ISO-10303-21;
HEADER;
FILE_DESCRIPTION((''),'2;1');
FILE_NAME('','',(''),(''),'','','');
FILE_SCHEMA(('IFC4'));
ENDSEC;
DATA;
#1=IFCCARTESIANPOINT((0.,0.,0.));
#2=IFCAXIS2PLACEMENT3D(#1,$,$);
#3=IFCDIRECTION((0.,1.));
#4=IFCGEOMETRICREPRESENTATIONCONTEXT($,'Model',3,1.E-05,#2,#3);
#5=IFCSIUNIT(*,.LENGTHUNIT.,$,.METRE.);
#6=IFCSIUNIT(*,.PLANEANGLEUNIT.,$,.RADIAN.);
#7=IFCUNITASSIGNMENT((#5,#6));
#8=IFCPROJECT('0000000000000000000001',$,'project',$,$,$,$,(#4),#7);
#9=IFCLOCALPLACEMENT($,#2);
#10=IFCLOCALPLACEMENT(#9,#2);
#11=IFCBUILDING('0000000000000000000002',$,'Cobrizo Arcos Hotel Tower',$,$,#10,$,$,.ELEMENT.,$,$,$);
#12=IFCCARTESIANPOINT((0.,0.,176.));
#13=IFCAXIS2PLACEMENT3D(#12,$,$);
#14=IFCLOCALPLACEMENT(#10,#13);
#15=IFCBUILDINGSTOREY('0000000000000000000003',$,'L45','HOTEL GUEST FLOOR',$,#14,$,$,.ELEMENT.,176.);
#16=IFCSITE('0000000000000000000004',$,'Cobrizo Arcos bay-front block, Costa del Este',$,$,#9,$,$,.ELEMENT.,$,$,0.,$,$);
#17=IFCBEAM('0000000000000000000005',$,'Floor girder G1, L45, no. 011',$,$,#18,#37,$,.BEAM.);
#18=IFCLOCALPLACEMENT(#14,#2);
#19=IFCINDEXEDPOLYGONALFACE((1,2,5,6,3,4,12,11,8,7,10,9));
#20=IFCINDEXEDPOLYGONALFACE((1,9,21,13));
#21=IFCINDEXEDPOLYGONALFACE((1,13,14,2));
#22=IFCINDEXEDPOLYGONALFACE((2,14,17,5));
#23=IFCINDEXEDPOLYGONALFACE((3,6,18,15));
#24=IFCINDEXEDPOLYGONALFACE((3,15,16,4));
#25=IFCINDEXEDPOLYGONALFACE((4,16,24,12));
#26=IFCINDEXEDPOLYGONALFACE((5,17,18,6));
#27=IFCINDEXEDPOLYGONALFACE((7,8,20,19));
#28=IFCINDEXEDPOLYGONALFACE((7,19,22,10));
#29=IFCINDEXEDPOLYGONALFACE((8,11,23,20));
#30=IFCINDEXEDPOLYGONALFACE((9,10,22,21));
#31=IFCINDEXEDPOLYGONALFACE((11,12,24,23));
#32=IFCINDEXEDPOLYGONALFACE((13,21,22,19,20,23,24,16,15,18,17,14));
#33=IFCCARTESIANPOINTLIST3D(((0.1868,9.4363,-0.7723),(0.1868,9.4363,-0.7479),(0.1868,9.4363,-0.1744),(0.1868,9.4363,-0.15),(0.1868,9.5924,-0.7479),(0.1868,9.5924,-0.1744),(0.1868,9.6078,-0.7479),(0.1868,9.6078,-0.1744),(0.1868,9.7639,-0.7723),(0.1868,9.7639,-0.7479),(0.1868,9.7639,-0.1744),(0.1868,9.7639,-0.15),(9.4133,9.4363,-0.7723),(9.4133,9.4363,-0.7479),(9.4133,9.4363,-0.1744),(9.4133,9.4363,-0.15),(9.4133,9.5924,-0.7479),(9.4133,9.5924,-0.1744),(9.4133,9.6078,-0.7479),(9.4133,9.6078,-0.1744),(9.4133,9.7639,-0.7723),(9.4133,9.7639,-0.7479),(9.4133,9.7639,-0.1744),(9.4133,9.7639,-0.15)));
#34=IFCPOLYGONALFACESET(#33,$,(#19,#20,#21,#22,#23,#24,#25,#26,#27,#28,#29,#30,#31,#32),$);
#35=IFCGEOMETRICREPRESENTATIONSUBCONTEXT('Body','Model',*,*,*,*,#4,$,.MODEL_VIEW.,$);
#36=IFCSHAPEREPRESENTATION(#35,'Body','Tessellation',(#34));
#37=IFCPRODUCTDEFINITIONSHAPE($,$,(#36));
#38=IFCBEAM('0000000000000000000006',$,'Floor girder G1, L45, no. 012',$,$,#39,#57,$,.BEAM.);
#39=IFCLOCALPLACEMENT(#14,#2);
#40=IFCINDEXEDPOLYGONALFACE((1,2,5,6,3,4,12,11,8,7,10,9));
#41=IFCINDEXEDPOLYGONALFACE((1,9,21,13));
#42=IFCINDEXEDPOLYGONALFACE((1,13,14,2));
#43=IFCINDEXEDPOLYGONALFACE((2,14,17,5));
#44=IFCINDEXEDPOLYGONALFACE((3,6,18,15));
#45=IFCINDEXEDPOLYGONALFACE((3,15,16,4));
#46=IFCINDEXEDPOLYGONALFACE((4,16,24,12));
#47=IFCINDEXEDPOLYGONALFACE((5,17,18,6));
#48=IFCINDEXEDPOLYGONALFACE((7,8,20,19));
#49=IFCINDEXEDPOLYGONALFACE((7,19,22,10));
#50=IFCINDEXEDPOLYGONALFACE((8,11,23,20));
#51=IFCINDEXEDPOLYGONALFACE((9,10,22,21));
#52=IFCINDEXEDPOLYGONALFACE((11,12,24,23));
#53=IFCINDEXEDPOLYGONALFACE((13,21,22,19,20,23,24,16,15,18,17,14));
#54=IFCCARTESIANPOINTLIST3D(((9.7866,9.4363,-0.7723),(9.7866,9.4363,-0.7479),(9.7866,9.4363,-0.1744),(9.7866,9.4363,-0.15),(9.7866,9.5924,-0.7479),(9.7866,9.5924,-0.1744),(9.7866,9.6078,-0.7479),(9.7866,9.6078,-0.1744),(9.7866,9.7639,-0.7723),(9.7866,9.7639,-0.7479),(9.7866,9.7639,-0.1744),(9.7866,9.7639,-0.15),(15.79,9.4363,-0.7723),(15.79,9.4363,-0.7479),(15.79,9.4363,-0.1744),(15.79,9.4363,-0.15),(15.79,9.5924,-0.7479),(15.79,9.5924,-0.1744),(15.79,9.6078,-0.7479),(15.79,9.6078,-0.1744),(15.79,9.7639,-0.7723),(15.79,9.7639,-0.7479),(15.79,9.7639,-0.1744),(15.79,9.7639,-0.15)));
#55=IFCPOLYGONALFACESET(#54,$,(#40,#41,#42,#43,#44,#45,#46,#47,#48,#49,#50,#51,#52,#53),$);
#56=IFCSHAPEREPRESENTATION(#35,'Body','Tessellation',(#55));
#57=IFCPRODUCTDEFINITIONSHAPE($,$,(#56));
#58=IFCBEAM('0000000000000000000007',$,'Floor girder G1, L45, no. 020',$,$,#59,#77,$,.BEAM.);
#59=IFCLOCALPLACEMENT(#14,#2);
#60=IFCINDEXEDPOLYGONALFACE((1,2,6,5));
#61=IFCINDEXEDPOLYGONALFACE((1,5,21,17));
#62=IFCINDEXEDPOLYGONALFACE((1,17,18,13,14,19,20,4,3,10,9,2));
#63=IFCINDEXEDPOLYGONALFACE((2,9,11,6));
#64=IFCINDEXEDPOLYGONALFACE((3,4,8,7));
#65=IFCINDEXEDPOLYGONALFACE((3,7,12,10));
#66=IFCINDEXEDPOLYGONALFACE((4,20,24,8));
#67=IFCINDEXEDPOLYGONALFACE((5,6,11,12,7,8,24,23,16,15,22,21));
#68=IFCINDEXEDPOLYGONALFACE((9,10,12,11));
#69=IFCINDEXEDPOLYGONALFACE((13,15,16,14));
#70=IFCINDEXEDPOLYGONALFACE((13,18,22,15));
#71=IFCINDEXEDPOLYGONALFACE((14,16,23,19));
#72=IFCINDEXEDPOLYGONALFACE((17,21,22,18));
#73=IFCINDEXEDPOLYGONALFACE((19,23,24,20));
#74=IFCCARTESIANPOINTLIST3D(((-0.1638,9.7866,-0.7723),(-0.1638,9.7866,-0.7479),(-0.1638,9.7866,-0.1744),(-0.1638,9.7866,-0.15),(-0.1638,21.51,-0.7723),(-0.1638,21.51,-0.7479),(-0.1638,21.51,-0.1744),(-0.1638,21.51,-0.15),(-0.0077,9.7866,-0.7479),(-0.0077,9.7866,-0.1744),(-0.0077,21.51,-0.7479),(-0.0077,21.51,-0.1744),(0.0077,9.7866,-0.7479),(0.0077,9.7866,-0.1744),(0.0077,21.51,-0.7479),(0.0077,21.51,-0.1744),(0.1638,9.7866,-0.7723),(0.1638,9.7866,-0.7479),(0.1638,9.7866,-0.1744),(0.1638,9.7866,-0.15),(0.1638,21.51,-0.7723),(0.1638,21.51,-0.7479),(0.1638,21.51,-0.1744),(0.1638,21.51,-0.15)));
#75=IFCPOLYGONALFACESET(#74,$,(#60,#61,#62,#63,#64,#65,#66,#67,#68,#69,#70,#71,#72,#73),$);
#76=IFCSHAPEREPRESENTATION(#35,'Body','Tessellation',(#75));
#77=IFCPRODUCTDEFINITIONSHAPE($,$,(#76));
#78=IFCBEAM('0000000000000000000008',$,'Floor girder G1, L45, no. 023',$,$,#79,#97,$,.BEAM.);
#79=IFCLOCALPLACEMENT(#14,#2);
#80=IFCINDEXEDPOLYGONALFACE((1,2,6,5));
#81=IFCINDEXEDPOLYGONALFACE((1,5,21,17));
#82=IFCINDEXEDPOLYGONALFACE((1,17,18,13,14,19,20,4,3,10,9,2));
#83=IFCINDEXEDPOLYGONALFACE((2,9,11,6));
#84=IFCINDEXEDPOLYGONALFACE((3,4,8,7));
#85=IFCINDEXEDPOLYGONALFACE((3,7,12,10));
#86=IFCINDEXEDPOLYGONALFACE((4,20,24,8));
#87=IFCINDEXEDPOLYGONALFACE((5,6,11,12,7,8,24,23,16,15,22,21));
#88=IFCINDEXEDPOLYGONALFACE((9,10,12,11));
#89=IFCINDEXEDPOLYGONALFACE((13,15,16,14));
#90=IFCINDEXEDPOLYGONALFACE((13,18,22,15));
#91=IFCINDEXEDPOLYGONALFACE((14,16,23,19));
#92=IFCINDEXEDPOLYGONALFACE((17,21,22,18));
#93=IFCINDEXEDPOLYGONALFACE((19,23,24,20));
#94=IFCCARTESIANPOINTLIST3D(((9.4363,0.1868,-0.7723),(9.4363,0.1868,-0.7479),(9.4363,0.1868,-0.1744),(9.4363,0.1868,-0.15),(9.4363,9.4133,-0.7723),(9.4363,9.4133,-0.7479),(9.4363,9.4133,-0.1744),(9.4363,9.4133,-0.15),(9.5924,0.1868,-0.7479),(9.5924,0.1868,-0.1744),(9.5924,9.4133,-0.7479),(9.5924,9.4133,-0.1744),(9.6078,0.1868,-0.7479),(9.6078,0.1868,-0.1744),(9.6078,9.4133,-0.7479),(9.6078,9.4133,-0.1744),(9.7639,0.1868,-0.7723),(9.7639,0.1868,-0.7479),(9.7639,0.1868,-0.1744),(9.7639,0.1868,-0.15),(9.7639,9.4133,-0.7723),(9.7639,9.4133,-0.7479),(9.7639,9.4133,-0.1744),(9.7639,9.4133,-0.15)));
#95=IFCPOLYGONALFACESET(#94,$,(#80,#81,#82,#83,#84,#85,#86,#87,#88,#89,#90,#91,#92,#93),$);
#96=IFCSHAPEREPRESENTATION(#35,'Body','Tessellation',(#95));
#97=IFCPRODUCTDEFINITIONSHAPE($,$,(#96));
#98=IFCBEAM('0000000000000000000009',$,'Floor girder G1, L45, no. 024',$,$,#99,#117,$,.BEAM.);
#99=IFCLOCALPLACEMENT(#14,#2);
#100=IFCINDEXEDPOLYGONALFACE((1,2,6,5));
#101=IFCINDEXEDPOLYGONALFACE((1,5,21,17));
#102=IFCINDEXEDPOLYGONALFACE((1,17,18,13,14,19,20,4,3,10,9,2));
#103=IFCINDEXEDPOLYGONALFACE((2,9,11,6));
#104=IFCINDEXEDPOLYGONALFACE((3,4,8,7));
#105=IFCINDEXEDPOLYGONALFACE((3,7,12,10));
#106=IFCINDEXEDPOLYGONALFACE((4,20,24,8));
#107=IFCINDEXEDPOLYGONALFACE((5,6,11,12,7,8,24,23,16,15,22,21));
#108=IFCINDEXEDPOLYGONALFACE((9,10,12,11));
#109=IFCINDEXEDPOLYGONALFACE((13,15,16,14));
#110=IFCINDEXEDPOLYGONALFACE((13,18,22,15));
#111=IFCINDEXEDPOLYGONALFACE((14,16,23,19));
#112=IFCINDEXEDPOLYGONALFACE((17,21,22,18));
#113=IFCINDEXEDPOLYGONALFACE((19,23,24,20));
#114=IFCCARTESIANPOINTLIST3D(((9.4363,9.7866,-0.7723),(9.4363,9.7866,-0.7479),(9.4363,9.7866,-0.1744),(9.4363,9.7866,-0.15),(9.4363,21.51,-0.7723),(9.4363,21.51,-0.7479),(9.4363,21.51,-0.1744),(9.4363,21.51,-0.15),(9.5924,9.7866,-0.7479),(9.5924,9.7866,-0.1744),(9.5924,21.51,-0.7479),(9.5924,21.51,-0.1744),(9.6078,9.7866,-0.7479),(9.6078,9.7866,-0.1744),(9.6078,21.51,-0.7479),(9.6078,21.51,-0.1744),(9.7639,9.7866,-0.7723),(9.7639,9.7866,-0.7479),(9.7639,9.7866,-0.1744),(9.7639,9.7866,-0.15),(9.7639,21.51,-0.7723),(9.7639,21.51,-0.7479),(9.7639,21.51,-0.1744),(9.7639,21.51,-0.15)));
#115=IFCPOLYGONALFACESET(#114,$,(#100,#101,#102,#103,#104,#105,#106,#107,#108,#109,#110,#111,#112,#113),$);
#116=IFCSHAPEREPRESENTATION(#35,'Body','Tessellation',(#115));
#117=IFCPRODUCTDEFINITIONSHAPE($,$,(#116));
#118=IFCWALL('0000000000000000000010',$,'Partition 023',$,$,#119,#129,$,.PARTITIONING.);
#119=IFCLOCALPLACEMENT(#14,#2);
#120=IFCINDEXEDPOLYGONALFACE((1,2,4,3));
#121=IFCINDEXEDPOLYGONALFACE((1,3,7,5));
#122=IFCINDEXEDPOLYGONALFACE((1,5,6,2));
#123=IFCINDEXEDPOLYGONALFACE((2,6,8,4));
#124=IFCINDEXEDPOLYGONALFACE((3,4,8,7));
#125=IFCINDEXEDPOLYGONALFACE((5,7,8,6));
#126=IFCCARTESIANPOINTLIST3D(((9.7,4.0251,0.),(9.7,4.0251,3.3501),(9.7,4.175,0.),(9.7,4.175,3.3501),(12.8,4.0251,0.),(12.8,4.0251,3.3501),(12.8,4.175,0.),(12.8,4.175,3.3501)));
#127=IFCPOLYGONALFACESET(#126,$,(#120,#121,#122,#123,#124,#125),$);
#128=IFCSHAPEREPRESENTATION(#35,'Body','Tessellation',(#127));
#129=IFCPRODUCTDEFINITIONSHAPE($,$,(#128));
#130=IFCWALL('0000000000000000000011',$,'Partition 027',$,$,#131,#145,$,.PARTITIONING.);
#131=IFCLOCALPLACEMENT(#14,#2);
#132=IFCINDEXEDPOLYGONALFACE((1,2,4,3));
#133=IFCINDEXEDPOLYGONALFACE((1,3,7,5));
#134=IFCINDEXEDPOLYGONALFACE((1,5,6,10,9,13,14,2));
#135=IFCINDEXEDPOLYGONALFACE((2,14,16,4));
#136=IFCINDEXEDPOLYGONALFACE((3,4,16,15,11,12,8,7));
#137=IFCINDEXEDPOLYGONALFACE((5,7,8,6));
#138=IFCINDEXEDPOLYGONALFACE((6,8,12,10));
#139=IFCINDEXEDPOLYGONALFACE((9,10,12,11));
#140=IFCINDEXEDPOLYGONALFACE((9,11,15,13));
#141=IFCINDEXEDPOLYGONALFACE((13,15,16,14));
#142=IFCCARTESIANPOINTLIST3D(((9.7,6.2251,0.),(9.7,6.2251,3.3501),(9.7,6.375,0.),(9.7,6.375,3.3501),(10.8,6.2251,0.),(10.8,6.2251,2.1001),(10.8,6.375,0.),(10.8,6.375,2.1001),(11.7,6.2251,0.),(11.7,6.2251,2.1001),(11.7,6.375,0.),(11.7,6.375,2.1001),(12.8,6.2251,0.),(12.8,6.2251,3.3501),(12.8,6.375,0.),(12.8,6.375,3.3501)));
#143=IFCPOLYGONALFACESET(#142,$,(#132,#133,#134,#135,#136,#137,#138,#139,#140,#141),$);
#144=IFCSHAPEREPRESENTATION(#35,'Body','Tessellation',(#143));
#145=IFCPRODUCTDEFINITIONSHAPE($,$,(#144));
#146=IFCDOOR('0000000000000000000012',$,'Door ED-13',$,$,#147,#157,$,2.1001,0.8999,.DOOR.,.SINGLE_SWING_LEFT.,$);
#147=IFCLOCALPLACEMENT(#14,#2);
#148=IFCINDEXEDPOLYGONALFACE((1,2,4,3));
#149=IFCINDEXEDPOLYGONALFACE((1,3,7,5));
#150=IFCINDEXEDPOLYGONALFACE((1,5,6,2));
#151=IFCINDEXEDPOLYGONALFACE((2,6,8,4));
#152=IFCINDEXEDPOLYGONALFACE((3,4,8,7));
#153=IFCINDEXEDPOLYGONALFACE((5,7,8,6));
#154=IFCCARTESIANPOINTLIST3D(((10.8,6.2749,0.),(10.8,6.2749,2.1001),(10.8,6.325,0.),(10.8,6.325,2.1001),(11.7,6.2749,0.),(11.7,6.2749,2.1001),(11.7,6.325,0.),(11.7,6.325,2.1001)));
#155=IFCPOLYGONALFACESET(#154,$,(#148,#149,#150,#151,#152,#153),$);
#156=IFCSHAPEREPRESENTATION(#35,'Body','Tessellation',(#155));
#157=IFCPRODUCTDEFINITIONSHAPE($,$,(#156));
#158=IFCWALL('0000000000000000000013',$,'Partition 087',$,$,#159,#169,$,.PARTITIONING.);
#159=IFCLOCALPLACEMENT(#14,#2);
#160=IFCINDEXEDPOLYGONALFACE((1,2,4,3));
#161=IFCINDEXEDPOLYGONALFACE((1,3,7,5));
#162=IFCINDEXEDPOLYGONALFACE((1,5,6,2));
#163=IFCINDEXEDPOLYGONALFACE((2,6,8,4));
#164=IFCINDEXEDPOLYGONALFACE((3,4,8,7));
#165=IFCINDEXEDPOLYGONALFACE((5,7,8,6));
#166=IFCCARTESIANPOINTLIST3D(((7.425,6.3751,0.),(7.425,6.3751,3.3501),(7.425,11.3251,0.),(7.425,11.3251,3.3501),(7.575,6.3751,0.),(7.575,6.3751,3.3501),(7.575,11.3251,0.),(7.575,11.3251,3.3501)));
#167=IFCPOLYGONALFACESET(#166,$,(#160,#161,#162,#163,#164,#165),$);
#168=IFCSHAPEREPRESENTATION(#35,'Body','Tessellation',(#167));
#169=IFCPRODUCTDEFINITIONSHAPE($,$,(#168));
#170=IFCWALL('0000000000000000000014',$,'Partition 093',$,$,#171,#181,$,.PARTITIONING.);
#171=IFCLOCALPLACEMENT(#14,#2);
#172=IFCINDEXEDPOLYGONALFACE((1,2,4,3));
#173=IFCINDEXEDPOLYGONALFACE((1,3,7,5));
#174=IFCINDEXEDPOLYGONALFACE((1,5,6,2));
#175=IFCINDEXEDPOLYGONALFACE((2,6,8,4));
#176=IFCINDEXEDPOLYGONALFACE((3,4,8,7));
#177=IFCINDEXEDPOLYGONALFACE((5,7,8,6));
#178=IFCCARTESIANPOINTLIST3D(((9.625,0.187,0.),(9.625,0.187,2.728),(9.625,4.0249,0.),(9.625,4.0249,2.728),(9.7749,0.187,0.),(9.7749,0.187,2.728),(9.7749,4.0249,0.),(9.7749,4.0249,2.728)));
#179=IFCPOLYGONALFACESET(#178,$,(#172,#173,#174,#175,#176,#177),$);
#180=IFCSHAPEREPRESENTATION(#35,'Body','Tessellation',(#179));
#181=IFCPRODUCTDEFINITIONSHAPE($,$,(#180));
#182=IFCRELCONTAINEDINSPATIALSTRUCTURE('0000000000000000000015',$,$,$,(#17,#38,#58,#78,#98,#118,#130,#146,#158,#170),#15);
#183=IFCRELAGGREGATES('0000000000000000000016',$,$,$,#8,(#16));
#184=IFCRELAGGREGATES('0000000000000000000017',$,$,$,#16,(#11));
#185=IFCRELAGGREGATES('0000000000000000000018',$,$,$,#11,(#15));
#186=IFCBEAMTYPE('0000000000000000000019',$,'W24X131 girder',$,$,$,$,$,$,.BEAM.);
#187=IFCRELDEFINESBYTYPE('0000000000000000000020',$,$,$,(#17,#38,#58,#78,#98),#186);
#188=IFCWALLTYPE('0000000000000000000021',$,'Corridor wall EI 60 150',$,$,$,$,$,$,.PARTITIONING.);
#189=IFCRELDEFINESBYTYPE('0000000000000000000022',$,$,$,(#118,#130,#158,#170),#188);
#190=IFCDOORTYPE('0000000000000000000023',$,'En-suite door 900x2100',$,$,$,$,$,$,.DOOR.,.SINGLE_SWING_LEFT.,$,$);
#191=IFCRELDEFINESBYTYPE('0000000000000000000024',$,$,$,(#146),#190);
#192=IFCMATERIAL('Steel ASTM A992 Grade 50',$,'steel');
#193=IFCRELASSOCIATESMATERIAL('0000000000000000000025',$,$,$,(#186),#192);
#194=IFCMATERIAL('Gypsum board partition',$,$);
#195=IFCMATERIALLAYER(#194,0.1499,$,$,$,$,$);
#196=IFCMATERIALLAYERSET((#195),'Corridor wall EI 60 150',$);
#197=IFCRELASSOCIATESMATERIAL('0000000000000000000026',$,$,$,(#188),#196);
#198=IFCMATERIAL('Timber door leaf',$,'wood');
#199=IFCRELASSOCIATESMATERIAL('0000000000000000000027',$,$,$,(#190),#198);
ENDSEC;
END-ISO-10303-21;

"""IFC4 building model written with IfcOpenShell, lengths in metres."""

from ifc_helpers import new_model, si_unit, direction, frame, frame_2d, origin, origin_2d, place, context, subcontext, project, spatial, rectangle, i_section, extrude, material, layer, layer_set, material_profile, profile_set, type_object, element, fill, save


model = new_model("IFC4")

# Units and contexts
model_context = context("Model", 3, precision=1e-05, world=origin(), true_north=direction((0.0, 1.0)))
body_context = subcontext(model_context, "Body", "Model", "MODEL_VIEW")
ifc_project = project(units=[si_unit("LENGTHUNIT", "METRE"), si_unit("PLANEANGLEUNIT", "RADIAN")], contexts=[model_context])

# Site, building, storey
site_placement = place(None, origin())
site = spatial("IfcSite", under=ifc_project, at=site_placement, Name="Cobrizo Arcos bay-front block, Costa del Este", CompositionType="ELEMENT", RefElevation=0.0)
building_placement = place(site_placement, origin())
building = spatial("IfcBuilding", under=site, at=building_placement, Name="Cobrizo Arcos Hotel Tower", CompositionType="ELEMENT")
storey_placement = place(building_placement, frame((0.0, 0.0, 176.0)))
storey = spatial("IfcBuildingStorey", under=building, at=storey_placement, Name="L45", Description="HOTEL GUEST FLOOR", CompositionType="ELEMENT", Elevation=176.0)

# Shared definitions
ifc_material_1 = material(Name="Steel ASTM A992 Grade 50", Category="steel")

# Beams
ifc_material_profile_1 = material_profile(ifc_material_1, i_section(OverallWidth=0.3276, OverallDepth=0.6223, WebThickness=0.0154, FlangeThickness=0.0244, at=origin_2d()), Name="W24X131")
ifc_profile_set_1 = profile_set([ifc_material_profile_1], Name="Steel ASTM A992 Grade 50")
beam_type_1 = type_object("IfcBeamType", Name="W24X131 girder", PredefinedType="BEAM", material=ifc_profile_set_1)
beam_1_placement = place(storey_placement, frame((0.1868, 9.6001, -0.4612), z_axis=(1.0, 0.0, 0.0), x_axis=(0.0, 1.0, 0.0)))
element("IfcBeam", 1, at=beam_1_placement, inside=storey, type_object=beam_type_1, Name="Floor girder G1, L45, no. 011", PredefinedType="BEAM", context=body_context, shape_type="SweptSolid", body=[
    extrude(i_section(OverallWidth=0.3276, OverallDepth=0.6223, WebThickness=0.0154, FlangeThickness=0.0244, at=origin_2d()), origin(), (0.0, 0.0, 1.0), 9.2266),
])
beam_2_placement = place(storey_placement, frame((9.7866, 9.6001, -0.4612), z_axis=(1.0, 0.0, 0.0), x_axis=(0.0, 1.0, 0.0)))
element("IfcBeam", 2, at=beam_2_placement, inside=storey, type_object=beam_type_1, Name="Floor girder G1, L45, no. 012", PredefinedType="BEAM", context=body_context, shape_type="SweptSolid", body=[
    extrude(i_section(OverallWidth=0.3276, OverallDepth=0.6223, WebThickness=0.0154, FlangeThickness=0.0244, at=origin_2d()), origin(), (0.0, 0.0, 1.0), 6.0034),
])
beam_3_placement = place(storey_placement, frame((0.0, 9.7866, -0.4612), z_axis=(0.0, 1.0, 0.0), x_axis=(-1.0, 0.0, 0.0)))
element("IfcBeam", 3, at=beam_3_placement, inside=storey, type_object=beam_type_1, Name="Floor girder G1, L45, no. 020", PredefinedType="BEAM", context=body_context, shape_type="SweptSolid", body=[
    extrude(i_section(OverallWidth=0.3276, OverallDepth=0.6223, WebThickness=0.0154, FlangeThickness=0.0244, at=origin_2d()), origin(), (0.0, 0.0, 1.0), 11.7234),
])
beam_4_placement = place(storey_placement, frame((9.6001, 0.1868, -0.4612), z_axis=(0.0, 1.0, 0.0), x_axis=(-1.0, 0.0, 0.0)))
element("IfcBeam", 4, at=beam_4_placement, inside=storey, type_object=beam_type_1, Name="Floor girder G1, L45, no. 023", PredefinedType="BEAM", context=body_context, shape_type="SweptSolid", body=[
    extrude(i_section(OverallWidth=0.3276, OverallDepth=0.6223, WebThickness=0.0154, FlangeThickness=0.0244, at=origin_2d()), origin(), (0.0, 0.0, 1.0), 9.2266),
])
beam_5_placement = place(storey_placement, frame((9.6001, 9.7866, -0.4612), z_axis=(0.0, 1.0, 0.0), x_axis=(-1.0, 0.0, 0.0)))
element("IfcBeam", 5, at=beam_5_placement, inside=storey, type_object=beam_type_1, Name="Floor girder G1, L45, no. 024", PredefinedType="BEAM", context=body_context, shape_type="SweptSolid", body=[
    extrude(i_section(OverallWidth=0.3276, OverallDepth=0.6223, WebThickness=0.0154, FlangeThickness=0.0244, at=origin_2d()), origin(), (0.0, 0.0, 1.0), 11.7234),
])

# Wall
ifc_material_2 = material(Name="Gypsum board partition")
ifc_layer_1 = layer(ifc_material_2, 0.1499)
ifc_layer_set_1 = layer_set([ifc_layer_1], Name="Corridor wall EI 60 150")
wall_type_1 = type_object("IfcWallType", Name="Corridor wall EI 60 150", PredefinedType="PARTITIONING", material=ifc_layer_set_1)
wall_1_placement = place(storey_placement, frame((9.7, 4.1001, 0.0), z_axis=(0.0, 0.0, 1.0), x_axis=(1.0, 0.0, 0.0)))
element("IfcWall", 6, at=wall_1_placement, inside=storey, type_object=wall_type_1, Name="Partition 023", PredefinedType="PARTITIONING", context=body_context, shape_type="SweptSolid", body=[
    extrude(rectangle(XDim=3.1001, YDim=0.1499, at=frame_2d((1.55, 0.0))), origin(), (0.0, 0.0, 1.0), 3.3501),
])

# Wall, opening, door
wall_2_placement = place(storey_placement, frame((9.7, 6.3, 0.0), z_axis=(0.0, 0.0, 1.0), x_axis=(1.0, 0.0, 0.0)))
wall_2 = element("IfcWall", 7, at=wall_2_placement, inside=storey, type_object=wall_type_1, Name="Partition 027", PredefinedType="PARTITIONING", context=body_context, shape_type="SweptSolid", body=[
    extrude(rectangle(XDim=3.1001, YDim=0.1499, at=frame_2d((1.55, 0.0))), origin(), (0.0, 0.0, 1.0), 3.3501),
])
opening_1_placement = place(wall_2_placement, frame((1.1001, 0.0, 0.0)))
opening_1 = element("IfcOpeningElement", 8, at=opening_1_placement, cuts=wall_2, PredefinedType="OPENING", context=body_context, shape_type="SweptSolid", body=[
    extrude(rectangle(XDim=0.8999, YDim=2.1001, at=frame_2d((0.45, 1.05))), frame((0.0, 0.0869, 0.0), z_axis=(0.0, -1.0, 0.0), x_axis=(1.0, 0.0, 0.0)), (0.0, 0.0, 1.0), 0.1738),
])
ifc_material_3 = material(Name="Timber door leaf", Category="wood")
door_type_1 = type_object("IfcDoorType", Name="En-suite door 900x2100", OperationType="SINGLE_SWING_LEFT", PredefinedType="DOOR", material=ifc_material_3)
door_1_placement = place(opening_1_placement, origin())
door_1 = element("IfcDoor", 9, at=door_1_placement, inside=storey, type_object=door_type_1, Name="Door ED-13", OperationType="SINGLE_SWING_LEFT", OverallHeight=2.1001, OverallWidth=0.8999, PredefinedType="DOOR", context=body_context, shape_type="SweptSolid", body=[
    extrude(rectangle(XDim=0.8999, YDim=2.1001, at=frame_2d((0.45, 1.05))), frame((0.0, 0.0249, 0.0), z_axis=(0.0, -1.0, 0.0), x_axis=(1.0, 0.0, 0.0)), (0.0, 0.0, 1.0), 0.05),
])
fill(opening_1, door_1)

# Walls
wall_3_placement = place(storey_placement, frame((7.5, 6.375, 0.0), z_axis=(0.0, 0.0, 1.0), x_axis=(0.0, 1.0, 0.0)))
element("IfcWall", 10, at=wall_3_placement, inside=storey, type_object=wall_type_1, Name="Partition 087", PredefinedType="PARTITIONING", context=body_context, shape_type="SweptSolid", body=[
    extrude(rectangle(XDim=4.95, YDim=0.1499, at=frame_2d((2.4751, 0.0))), origin(), (0.0, 0.0, 1.0), 3.3501),
])
wall_4_placement = place(storey_placement, frame((9.7, 0.187, 0.0), z_axis=(0.0, 0.0, 1.0), x_axis=(0.0, 1.0, 0.0)))
element("IfcWall", 11, at=wall_4_placement, inside=storey, type_object=wall_type_1, Name="Partition 093", PredefinedType="PARTITIONING", context=body_context, shape_type="SweptSolid", body=[
    extrude(rectangle(XDim=3.8379, YDim=0.1499, at=frame_2d((1.9189, 0.0))), origin(), (0.0, 0.0, 1.0), 2.728),
])

save(model, "model.ifc")
